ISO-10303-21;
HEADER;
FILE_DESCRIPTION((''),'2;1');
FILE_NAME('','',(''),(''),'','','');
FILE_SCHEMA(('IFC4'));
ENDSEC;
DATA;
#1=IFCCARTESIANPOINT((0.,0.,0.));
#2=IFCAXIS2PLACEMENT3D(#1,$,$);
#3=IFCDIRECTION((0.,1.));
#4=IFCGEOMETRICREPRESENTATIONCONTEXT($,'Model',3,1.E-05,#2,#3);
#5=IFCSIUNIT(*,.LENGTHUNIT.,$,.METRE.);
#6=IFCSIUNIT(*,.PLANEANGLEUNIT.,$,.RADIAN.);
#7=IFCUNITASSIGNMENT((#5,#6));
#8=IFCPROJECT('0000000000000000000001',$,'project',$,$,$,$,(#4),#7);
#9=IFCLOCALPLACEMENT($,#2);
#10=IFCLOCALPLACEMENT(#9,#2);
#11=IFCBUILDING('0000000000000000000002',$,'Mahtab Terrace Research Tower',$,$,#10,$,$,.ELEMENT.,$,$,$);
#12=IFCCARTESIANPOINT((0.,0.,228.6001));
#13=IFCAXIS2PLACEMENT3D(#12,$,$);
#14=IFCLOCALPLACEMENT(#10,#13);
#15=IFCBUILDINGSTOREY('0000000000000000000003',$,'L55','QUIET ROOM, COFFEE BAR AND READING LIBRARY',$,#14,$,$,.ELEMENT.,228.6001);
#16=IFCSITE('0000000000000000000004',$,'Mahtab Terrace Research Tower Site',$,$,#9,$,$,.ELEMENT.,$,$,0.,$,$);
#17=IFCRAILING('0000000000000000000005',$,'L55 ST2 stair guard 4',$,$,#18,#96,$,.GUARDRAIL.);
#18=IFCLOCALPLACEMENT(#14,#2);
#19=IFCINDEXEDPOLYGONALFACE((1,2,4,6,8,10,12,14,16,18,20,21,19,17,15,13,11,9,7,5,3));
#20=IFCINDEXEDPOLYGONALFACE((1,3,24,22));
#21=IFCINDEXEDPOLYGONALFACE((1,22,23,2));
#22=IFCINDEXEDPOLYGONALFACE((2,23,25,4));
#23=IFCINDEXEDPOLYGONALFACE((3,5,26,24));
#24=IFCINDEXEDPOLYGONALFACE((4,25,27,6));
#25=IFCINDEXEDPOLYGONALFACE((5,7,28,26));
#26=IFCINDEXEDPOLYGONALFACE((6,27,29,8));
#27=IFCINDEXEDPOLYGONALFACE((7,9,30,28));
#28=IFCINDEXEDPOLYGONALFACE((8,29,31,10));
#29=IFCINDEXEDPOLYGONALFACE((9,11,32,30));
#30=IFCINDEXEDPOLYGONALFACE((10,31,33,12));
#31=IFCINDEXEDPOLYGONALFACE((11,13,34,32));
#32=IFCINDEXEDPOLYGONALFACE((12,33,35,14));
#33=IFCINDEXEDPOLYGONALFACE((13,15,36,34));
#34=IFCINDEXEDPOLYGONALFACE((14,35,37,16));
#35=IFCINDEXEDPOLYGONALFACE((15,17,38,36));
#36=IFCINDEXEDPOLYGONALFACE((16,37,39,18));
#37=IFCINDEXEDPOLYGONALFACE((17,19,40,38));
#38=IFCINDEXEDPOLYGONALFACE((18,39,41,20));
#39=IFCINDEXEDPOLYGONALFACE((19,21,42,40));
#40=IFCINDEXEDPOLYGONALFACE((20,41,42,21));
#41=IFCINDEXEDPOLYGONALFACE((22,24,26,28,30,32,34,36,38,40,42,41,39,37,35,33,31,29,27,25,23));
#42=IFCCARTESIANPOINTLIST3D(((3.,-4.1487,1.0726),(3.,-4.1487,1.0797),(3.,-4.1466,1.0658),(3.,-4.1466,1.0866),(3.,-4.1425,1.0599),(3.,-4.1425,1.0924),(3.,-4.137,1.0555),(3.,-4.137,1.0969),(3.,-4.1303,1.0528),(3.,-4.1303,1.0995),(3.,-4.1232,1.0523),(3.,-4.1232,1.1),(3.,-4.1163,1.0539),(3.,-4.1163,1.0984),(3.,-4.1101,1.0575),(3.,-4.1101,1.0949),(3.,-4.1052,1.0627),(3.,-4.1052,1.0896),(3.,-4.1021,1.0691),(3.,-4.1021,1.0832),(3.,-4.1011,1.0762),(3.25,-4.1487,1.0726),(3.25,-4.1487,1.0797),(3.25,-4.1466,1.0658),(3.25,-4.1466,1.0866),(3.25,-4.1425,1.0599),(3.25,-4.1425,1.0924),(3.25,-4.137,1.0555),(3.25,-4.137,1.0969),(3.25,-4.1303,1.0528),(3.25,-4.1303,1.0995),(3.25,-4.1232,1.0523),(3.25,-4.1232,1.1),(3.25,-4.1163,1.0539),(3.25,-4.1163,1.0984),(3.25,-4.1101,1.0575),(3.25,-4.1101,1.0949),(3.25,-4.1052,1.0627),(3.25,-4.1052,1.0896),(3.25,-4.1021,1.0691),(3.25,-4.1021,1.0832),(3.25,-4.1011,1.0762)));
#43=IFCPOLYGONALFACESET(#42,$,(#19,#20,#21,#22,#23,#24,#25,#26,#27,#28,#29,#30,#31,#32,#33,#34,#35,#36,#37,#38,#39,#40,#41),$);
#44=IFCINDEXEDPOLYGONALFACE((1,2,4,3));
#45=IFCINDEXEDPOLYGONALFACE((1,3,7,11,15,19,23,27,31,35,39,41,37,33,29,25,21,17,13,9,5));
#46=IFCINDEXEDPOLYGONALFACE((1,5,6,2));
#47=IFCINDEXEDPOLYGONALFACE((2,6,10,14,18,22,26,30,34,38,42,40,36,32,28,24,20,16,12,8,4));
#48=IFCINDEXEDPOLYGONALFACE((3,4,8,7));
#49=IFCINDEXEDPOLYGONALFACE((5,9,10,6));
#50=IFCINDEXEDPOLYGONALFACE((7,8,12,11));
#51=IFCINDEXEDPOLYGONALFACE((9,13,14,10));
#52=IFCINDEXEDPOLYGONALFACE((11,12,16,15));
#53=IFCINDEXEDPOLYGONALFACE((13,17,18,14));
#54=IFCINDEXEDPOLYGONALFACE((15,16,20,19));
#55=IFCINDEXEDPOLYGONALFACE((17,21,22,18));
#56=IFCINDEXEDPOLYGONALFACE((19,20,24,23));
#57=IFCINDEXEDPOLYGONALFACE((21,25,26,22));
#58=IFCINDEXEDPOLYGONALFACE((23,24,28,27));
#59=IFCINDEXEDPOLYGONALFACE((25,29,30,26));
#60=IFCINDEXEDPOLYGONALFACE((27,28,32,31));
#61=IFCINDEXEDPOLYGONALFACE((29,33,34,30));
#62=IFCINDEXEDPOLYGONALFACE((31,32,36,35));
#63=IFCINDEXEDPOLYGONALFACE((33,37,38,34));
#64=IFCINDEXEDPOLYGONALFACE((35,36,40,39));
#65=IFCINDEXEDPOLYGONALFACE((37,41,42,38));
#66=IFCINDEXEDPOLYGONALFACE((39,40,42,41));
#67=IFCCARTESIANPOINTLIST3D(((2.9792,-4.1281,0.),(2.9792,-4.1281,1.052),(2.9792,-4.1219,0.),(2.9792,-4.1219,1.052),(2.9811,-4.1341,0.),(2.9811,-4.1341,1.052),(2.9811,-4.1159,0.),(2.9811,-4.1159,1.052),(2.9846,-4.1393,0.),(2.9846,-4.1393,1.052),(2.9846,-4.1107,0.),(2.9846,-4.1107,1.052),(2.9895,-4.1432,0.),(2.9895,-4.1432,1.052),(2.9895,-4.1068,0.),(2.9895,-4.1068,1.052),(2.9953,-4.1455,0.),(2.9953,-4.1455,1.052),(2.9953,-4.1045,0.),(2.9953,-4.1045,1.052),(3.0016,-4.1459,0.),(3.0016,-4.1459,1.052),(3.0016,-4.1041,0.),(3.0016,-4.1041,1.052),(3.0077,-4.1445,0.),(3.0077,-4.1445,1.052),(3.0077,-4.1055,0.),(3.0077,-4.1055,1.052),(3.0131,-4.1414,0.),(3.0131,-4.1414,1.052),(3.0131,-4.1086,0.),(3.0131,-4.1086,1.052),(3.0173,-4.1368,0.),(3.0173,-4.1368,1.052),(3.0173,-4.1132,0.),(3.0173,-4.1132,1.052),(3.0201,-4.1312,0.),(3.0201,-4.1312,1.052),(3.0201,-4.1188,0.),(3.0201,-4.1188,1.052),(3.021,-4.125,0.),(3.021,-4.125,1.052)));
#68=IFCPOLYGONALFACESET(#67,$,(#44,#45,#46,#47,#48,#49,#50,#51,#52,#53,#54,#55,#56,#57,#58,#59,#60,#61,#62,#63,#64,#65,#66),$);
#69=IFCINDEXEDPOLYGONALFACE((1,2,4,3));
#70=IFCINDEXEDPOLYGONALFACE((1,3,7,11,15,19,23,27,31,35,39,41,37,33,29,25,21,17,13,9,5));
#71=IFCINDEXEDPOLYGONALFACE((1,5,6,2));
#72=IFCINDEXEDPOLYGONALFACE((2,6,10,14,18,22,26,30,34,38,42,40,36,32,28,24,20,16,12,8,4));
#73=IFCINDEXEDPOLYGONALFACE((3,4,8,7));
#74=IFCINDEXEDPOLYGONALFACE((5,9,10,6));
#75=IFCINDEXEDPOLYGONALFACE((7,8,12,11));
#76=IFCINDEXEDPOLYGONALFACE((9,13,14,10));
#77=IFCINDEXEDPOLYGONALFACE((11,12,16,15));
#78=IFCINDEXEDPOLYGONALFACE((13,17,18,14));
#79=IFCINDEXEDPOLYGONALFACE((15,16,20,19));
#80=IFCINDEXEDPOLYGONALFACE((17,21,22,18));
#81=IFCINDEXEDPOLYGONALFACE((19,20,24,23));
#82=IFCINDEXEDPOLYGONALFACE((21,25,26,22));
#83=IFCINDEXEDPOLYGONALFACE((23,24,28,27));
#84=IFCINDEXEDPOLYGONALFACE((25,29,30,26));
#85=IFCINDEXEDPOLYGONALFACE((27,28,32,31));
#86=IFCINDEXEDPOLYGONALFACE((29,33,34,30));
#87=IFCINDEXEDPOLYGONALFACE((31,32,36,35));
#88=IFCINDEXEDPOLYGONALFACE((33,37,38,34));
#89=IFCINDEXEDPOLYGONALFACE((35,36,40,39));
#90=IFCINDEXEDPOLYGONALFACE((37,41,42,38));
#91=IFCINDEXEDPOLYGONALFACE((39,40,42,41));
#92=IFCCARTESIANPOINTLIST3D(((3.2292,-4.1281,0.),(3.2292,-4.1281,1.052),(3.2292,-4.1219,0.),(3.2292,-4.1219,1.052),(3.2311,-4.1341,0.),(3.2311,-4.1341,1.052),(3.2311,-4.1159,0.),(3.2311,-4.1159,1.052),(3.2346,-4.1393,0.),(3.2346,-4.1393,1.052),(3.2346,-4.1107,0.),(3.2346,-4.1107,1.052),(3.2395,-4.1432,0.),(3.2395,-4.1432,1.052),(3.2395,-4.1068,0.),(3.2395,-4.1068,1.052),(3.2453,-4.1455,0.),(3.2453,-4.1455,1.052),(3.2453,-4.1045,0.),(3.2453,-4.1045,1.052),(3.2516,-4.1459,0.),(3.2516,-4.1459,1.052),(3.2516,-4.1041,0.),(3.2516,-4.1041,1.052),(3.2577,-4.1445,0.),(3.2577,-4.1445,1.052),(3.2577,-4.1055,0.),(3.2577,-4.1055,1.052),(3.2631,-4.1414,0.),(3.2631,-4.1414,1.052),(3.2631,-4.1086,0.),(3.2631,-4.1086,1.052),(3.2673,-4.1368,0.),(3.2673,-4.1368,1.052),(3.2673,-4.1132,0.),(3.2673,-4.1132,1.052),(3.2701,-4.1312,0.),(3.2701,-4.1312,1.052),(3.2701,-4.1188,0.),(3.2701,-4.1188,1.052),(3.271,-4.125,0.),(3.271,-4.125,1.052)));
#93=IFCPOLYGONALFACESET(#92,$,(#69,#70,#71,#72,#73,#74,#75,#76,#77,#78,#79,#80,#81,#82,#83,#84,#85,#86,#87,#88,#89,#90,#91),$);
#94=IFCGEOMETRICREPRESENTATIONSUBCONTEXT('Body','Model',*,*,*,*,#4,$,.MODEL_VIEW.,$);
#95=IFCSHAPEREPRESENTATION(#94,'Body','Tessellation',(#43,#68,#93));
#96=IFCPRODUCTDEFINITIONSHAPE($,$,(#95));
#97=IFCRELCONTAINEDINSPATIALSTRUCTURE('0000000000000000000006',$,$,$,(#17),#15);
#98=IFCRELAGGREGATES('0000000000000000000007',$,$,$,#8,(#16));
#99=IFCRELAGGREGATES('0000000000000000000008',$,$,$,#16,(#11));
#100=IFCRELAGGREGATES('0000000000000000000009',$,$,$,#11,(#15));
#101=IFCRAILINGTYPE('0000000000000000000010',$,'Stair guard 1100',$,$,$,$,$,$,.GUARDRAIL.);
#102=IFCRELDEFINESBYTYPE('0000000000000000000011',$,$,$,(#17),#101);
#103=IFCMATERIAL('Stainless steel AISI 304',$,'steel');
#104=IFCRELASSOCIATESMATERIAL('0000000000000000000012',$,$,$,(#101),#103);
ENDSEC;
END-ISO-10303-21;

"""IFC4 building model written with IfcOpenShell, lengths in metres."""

from ifc_helpers import new_model, si_unit, direction, frame, origin, origin_2d, place, context, subcontext, project, spatial, circle, extrude, material, type_object, element, save


model = new_model("IFC4")

# Units and contexts
model_context = context("Model", 3, precision=1e-05, world=origin(), true_north=direction((0.0, 1.0)))
body_context = subcontext(model_context, "Body", "Model", "MODEL_VIEW")
ifc_project = project(units=[si_unit("LENGTHUNIT", "METRE"), si_unit("PLANEANGLEUNIT", "RADIAN")], contexts=[model_context])

# Site, building, storey
site_placement = place(None, origin())
site = spatial("IfcSite", under=ifc_project, at=site_placement, Name="Mahtab Terrace Research Tower Site", CompositionType="ELEMENT", RefElevation=0.0)
building_placement = place(site_placement, origin())
building = spatial("IfcBuilding", under=site, at=building_placement, Name="Mahtab Terrace Research Tower", CompositionType="ELEMENT")
storey_placement = place(building_placement, frame((0.0, 0.0, 228.6001)))
storey = spatial("IfcBuildingStorey", under=building, at=storey_placement, Name="L55", Description="QUIET ROOM, COFFEE BAR AND READING LIBRARY", CompositionType="ELEMENT", Elevation=228.6001)

# Railing
ifc_material_1 = material(Name="Stainless steel AISI 304", Category="steel")
railing_type = type_object("IfcRailingType", Name="Stair guard 1100", PredefinedType="GUARDRAIL", material=ifc_material_1)
railing_placement = place(storey_placement, frame((3.0, -4.125, 0.0)))
element("IfcRailing", 1, at=railing_placement, inside=storey, type_object=railing_type, Name="L55 ST2 stair guard 4", PredefinedType="GUARDRAIL", context=body_context, shape_type="SweptSolid", body=[
    extrude(circle(Radius=0.0239, at=origin_2d()), frame((0.0, 0.0, 1.0762), z_axis=(1.0, 0.0, 0.0), x_axis=(0.0, 1.0, 0.0)), (0.0, 0.0, 1.0), 0.25),
    extrude(circle(Radius=0.021, at=origin_2d()), origin(), (0.0, 0.0, 1.0), 1.052),
    extrude(circle(Radius=0.021, at=origin_2d()), frame((0.25, 0.0, 0.0)), (0.0, 0.0, 1.0), 1.052),
])

save(model, "model.ifc")
